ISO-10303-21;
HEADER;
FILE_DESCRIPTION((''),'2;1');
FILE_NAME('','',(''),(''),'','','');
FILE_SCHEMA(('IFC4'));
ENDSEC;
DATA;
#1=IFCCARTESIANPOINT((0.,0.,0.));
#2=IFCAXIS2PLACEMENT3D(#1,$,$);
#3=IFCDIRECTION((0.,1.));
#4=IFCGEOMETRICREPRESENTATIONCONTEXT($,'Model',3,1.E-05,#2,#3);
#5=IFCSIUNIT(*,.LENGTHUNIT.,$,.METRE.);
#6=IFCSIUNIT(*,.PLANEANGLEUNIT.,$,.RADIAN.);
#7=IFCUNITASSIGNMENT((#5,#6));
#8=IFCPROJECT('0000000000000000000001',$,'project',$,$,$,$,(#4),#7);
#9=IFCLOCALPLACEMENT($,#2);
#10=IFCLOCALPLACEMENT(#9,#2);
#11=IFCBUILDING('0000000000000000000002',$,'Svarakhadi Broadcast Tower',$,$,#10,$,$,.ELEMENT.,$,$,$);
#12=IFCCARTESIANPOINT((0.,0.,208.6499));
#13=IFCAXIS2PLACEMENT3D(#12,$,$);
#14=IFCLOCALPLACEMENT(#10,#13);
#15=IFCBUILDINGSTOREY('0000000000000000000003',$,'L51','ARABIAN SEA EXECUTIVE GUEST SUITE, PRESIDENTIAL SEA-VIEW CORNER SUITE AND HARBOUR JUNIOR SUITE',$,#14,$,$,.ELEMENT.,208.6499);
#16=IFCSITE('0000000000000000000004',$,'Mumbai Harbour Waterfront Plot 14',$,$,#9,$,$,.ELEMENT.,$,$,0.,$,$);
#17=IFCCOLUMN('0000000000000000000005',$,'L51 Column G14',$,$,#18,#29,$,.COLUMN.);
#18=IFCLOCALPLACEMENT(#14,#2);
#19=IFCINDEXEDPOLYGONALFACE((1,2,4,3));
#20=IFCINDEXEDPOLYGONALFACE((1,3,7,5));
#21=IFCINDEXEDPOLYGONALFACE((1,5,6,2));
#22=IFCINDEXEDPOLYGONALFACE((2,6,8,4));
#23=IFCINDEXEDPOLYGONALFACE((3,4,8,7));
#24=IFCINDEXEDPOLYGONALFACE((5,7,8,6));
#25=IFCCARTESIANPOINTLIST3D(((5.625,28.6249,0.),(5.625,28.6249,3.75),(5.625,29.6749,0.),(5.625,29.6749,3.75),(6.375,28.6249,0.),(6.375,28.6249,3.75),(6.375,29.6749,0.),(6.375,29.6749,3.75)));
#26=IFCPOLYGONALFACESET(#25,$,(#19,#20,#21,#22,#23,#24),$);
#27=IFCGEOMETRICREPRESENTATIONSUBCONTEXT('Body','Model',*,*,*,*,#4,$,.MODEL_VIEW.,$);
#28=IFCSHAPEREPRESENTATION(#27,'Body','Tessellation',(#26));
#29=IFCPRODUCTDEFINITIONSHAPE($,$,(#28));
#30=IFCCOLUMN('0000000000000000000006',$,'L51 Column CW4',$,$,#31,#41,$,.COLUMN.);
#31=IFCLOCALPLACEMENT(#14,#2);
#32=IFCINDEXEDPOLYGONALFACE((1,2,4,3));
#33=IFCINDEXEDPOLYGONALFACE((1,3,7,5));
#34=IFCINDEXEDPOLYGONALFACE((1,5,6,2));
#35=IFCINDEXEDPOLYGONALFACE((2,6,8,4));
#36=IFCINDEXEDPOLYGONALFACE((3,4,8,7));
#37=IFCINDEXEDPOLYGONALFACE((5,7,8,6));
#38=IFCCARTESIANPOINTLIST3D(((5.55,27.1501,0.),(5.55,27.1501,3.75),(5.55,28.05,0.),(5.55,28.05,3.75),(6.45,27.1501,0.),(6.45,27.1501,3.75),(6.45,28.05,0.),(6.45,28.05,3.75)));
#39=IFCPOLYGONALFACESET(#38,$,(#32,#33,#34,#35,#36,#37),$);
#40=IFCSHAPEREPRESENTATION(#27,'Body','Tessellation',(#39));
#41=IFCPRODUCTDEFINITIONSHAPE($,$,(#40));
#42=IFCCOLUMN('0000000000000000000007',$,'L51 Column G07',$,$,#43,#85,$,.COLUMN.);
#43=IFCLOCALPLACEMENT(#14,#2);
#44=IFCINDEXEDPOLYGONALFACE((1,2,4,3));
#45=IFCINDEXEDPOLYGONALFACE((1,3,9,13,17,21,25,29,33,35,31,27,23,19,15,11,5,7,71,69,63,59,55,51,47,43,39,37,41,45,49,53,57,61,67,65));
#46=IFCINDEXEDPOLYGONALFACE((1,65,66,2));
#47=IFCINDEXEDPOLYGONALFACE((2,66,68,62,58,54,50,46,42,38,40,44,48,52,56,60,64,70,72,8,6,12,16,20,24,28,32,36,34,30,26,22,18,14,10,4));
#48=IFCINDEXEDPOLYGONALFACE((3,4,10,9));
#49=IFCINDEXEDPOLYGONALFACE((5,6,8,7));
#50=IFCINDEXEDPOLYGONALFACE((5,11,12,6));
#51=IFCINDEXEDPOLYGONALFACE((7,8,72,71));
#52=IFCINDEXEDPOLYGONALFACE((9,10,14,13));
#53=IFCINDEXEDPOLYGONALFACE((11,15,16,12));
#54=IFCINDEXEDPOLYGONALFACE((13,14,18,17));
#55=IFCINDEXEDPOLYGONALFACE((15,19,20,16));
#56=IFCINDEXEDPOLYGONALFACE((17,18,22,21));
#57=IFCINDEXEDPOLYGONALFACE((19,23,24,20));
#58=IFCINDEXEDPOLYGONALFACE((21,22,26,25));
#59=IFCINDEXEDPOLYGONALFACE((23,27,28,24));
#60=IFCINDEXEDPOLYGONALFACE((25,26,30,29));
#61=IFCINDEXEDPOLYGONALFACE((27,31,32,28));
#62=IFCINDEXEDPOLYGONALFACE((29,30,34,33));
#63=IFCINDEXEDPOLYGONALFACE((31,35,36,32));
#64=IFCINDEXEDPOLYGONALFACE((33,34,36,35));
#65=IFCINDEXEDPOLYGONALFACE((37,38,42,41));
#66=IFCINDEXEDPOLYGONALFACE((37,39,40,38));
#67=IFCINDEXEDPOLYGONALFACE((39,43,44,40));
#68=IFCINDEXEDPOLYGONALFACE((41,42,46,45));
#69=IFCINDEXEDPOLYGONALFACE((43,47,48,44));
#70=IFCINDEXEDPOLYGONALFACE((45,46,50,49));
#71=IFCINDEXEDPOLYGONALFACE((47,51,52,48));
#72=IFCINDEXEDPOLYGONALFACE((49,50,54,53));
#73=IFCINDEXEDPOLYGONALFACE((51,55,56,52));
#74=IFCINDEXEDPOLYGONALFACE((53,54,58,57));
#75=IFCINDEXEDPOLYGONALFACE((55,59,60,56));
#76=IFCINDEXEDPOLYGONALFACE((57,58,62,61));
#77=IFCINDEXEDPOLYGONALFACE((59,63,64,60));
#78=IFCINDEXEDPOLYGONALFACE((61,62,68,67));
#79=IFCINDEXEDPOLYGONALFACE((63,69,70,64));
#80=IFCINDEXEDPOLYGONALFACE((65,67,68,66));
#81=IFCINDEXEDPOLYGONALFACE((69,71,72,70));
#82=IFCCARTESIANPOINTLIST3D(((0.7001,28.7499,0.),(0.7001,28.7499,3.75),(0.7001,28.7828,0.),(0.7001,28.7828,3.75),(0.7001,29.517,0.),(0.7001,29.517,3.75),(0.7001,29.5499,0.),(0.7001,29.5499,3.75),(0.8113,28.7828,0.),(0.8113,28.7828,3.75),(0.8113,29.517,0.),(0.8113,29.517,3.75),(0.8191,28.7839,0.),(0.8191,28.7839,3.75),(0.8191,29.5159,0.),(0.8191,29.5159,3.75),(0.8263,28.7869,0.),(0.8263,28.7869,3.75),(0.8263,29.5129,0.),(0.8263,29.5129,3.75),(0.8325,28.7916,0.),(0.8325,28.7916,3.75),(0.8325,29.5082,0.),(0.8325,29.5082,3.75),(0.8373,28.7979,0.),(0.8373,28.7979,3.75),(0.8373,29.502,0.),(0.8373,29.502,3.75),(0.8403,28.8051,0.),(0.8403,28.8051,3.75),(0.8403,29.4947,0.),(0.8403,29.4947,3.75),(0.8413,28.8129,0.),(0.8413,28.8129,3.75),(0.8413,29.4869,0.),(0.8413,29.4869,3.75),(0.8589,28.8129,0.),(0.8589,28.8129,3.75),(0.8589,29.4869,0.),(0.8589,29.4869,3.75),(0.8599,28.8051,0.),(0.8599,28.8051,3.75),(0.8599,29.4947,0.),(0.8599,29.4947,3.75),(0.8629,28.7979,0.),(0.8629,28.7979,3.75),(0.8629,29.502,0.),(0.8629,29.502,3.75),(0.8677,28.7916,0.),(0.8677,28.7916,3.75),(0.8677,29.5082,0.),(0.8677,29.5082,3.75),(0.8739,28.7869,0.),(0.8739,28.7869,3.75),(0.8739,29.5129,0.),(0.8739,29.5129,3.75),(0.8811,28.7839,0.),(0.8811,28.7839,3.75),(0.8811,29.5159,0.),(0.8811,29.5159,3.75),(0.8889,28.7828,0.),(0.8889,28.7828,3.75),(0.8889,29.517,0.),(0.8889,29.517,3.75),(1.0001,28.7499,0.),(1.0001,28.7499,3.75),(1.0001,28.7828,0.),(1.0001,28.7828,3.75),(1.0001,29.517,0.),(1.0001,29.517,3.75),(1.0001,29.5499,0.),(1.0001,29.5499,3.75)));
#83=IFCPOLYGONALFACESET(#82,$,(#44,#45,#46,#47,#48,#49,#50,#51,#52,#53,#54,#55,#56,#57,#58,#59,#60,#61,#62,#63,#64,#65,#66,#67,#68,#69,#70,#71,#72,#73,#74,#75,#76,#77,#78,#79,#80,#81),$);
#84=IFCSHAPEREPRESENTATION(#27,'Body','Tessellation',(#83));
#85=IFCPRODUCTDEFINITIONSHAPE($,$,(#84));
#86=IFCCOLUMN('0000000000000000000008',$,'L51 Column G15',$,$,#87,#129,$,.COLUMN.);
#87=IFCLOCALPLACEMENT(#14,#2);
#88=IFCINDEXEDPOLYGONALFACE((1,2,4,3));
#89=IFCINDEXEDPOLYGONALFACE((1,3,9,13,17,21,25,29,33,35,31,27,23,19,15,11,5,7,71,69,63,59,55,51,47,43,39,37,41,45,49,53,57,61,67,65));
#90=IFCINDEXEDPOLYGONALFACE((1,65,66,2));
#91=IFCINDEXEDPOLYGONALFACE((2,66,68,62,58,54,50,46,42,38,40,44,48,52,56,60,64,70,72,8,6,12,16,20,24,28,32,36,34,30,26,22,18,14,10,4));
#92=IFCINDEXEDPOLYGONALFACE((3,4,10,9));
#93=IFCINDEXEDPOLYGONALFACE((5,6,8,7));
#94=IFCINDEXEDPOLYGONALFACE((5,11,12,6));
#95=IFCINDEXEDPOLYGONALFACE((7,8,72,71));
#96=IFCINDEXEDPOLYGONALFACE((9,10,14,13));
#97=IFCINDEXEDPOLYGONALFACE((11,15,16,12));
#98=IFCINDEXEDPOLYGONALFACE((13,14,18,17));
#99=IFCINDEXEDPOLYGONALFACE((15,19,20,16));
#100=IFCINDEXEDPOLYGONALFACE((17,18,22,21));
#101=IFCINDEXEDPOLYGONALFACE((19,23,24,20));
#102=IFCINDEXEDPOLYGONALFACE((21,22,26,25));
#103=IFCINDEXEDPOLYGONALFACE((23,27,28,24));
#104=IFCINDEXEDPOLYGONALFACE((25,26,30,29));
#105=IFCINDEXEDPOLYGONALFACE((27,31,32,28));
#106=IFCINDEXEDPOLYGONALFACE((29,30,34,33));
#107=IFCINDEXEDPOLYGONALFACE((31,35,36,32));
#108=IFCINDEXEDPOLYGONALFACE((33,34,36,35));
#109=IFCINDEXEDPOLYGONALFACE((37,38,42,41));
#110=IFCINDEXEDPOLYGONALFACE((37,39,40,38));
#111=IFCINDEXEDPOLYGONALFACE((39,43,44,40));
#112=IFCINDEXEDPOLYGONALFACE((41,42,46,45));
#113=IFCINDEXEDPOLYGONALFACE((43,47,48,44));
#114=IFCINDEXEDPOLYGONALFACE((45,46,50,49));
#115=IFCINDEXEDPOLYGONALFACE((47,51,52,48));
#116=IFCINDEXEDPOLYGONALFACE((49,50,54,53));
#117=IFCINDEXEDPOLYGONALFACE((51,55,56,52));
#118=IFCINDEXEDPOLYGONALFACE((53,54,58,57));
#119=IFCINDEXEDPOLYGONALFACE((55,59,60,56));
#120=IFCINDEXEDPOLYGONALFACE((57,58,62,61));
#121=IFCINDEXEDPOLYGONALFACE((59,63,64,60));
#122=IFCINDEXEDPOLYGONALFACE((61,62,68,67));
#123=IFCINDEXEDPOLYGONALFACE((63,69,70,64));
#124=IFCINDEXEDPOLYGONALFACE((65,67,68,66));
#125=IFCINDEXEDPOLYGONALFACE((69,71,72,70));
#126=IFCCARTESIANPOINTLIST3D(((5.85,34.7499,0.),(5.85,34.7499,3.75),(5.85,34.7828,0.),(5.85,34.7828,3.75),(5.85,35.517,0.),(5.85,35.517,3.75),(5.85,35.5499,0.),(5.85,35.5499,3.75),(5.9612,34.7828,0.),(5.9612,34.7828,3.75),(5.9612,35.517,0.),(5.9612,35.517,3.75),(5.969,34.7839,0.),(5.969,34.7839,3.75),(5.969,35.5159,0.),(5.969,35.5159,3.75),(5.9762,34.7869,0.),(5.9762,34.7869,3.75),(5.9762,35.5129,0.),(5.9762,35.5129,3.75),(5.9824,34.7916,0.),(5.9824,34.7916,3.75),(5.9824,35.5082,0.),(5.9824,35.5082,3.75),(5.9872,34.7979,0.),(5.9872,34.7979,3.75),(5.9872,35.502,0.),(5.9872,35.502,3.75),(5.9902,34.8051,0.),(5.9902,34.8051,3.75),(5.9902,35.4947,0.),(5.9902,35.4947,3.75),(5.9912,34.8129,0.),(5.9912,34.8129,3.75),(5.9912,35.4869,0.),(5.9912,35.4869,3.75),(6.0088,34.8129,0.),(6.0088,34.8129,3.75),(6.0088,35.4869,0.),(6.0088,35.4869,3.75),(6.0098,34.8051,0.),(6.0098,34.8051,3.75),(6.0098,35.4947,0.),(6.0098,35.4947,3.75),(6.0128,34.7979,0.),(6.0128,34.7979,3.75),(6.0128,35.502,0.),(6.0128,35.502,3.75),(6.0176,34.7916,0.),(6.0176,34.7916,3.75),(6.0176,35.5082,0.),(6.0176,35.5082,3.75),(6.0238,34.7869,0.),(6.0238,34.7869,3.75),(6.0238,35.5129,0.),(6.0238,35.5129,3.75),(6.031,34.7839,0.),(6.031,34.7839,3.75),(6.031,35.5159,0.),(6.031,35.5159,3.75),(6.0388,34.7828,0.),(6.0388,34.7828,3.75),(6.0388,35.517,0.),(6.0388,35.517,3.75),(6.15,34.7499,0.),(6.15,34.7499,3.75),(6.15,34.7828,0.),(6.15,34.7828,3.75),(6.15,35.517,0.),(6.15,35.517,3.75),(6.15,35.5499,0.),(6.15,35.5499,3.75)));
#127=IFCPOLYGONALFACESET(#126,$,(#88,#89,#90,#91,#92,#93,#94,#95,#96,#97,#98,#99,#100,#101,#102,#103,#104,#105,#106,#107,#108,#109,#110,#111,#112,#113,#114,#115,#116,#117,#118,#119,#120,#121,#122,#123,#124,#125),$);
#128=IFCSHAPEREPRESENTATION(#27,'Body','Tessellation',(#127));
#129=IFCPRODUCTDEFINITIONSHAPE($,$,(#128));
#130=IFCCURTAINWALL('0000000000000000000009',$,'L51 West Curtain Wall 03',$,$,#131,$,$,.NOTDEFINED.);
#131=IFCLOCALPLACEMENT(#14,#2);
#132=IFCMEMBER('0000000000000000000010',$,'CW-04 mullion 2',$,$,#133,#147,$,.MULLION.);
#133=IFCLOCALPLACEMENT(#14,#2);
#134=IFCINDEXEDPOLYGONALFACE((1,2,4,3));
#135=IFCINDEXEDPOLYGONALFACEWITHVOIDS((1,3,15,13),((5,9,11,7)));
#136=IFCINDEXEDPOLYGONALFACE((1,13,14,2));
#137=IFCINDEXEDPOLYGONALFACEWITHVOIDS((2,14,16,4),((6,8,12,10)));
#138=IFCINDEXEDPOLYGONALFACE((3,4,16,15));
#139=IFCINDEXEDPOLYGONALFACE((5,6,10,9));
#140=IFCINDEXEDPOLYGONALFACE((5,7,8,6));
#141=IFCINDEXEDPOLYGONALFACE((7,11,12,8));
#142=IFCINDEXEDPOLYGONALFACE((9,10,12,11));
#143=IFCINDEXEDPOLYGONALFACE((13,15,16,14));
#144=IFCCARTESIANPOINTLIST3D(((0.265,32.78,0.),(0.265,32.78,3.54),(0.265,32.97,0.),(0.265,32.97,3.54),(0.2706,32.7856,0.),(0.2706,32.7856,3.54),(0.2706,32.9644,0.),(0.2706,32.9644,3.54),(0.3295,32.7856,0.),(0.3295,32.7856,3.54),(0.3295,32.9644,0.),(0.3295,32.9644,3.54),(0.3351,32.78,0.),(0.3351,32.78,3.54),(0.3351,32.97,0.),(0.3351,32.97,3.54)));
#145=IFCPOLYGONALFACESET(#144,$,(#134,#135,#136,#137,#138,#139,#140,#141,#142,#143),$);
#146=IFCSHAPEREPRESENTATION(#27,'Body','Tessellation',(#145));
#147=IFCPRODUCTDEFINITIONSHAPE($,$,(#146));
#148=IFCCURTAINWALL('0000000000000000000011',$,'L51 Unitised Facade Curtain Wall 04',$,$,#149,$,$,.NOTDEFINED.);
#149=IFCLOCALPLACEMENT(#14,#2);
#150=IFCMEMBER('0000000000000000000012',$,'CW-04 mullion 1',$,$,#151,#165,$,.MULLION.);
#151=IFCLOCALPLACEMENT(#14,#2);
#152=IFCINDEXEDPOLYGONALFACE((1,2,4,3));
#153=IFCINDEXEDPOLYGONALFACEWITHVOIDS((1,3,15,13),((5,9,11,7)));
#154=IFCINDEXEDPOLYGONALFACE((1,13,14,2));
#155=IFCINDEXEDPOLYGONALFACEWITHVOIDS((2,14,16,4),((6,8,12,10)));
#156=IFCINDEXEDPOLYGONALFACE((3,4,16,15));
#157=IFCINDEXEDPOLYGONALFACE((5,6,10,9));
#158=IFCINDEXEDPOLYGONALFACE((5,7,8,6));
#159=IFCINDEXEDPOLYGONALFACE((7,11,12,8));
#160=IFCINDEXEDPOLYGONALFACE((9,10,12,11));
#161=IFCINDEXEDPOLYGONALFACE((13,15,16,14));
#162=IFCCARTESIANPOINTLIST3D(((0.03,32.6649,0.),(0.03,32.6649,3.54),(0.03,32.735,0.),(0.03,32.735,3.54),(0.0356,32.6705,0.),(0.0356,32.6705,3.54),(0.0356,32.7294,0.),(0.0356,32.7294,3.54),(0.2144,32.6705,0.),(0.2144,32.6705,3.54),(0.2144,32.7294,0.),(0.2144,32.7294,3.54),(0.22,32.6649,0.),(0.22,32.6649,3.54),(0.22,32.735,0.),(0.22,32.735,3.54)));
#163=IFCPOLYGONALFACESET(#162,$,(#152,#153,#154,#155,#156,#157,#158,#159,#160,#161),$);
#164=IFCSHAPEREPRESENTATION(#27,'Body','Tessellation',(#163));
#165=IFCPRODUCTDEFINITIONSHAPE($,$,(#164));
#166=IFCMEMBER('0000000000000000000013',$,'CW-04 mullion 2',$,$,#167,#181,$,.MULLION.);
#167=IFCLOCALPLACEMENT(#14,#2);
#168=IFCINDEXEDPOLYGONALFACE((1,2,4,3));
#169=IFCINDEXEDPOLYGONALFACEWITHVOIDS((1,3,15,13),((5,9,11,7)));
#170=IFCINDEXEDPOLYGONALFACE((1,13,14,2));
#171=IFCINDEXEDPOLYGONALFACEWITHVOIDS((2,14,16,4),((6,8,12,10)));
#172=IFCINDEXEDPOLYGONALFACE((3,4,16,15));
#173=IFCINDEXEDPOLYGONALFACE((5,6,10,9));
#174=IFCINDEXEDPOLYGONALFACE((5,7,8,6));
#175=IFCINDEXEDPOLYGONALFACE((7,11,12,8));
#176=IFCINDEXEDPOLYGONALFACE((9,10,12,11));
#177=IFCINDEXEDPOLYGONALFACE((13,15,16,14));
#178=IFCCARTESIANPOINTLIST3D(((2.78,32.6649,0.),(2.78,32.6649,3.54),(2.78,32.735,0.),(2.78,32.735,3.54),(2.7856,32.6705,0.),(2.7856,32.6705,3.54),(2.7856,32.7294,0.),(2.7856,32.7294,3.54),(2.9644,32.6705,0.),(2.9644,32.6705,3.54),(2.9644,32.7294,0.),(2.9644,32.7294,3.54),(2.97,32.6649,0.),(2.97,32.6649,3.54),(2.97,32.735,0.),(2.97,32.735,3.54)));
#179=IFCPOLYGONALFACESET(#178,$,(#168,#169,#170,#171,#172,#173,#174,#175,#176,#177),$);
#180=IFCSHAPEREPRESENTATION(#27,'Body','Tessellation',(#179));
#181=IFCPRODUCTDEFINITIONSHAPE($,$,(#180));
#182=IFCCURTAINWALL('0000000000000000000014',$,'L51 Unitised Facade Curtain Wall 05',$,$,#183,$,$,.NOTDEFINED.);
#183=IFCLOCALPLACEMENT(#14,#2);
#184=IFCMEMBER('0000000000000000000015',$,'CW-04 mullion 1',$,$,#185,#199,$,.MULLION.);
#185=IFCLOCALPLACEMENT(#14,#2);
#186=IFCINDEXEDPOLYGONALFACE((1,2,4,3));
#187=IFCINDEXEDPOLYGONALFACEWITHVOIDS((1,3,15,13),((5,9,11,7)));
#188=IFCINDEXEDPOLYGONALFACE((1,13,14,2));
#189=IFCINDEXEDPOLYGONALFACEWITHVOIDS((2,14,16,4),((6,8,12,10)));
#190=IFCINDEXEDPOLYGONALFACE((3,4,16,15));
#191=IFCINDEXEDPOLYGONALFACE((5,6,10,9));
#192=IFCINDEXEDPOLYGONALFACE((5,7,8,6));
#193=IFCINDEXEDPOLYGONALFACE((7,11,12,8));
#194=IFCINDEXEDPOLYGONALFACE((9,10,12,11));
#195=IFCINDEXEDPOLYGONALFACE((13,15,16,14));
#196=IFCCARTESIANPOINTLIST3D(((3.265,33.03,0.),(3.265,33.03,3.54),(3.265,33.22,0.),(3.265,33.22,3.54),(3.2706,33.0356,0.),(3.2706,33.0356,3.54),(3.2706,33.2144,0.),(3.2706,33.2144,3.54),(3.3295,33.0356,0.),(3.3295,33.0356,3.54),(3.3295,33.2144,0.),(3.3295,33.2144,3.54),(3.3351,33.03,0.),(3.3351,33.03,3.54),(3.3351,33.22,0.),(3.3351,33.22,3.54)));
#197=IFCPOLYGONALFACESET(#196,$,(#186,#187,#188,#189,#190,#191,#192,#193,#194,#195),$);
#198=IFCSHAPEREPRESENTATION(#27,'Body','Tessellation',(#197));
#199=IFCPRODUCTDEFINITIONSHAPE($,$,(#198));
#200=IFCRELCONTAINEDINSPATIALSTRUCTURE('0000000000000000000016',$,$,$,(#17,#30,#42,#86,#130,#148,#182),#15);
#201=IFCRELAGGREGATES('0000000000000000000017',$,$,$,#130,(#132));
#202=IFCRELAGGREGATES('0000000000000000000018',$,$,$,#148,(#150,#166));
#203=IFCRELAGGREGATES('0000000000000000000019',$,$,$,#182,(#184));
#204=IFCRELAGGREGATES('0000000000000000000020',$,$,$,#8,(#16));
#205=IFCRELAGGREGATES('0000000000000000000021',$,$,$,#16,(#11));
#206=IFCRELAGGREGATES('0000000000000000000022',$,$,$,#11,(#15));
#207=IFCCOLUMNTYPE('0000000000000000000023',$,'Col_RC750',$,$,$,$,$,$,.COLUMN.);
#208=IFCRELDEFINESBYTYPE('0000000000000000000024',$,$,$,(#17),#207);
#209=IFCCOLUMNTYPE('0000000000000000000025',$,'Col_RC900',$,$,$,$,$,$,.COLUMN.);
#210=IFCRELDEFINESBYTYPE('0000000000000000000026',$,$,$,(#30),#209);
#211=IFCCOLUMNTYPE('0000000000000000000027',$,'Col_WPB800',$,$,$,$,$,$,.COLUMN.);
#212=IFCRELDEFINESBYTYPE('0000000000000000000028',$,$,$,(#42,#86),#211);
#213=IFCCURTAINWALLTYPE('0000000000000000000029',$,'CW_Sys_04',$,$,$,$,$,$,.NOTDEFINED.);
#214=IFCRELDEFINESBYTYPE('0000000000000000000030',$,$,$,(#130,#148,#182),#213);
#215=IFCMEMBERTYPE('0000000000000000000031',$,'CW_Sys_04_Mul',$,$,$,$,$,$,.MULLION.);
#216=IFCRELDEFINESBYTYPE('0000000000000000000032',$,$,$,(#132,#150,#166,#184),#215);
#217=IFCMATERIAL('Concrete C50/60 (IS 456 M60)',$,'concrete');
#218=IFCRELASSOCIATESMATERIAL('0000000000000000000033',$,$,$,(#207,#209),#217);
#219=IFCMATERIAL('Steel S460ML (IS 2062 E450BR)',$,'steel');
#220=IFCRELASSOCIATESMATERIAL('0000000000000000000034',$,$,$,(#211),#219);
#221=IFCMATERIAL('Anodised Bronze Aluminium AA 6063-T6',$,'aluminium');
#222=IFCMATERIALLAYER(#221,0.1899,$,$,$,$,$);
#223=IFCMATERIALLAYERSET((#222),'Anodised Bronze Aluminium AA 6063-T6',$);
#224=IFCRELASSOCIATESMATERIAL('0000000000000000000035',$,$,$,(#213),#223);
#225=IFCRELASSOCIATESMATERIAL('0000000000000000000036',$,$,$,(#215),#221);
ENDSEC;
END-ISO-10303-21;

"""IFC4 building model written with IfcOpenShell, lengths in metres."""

from ifc_helpers import new_model, si_unit, direction, frame, origin, origin_2d, place, context, subcontext, project, spatial, rectangle, hollow_rectangle, i_section, extrude, material, layer, layer_set, material_profile, profile_set, type_object, element, aggregate, save


model = new_model("IFC4")

# Units and contexts
model_context = context("Model", 3, precision=1e-05, world=origin(), true_north=direction((0.0, 1.0)))
body_context = subcontext(model_context, "Body", "Model", "MODEL_VIEW")
ifc_project = project(units=[si_unit("LENGTHUNIT", "METRE"), si_unit("PLANEANGLEUNIT", "RADIAN")], contexts=[model_context])

# Site, building, storey
site_placement = place(None, origin())
site = spatial("IfcSite", under=ifc_project, at=site_placement, Name="Mumbai Harbour Waterfront Plot 14", CompositionType="ELEMENT", RefElevation=0.0)
building_placement = place(site_placement, origin())
building = spatial("IfcBuilding", under=site, at=building_placement, Name="Svarakhadi Broadcast Tower", CompositionType="ELEMENT")
storey_placement = place(building_placement, frame((0.0, 0.0, 208.6499)))
storey = spatial("IfcBuildingStorey", under=building, at=storey_placement, Name="L51", Description="ARABIAN SEA EXECUTIVE GUEST SUITE, PRESIDENTIAL SEA-VIEW CORNER SUITE AND HARBOUR JUNIOR SUITE", CompositionType="ELEMENT", Elevation=208.6499)

# Columns
ifc_material_1 = material(Name="Concrete C50/60 (IS 456 M60)", Category="concrete")
ifc_material_profile_1 = material_profile(ifc_material_1, rectangle(XDim=0.75, YDim=1.05, at=origin_2d()), Name="RC 750x1050")
ifc_profile_set_1 = profile_set([ifc_material_profile_1], Name="Concrete C50/60 (IS 456 M60)")
column_type_1 = type_object("IfcColumnType", Name="Col_RC750", PredefinedType="COLUMN", material=ifc_profile_set_1)
column_1_placement = place(storey_placement, frame((6.0, 29.1499, 0.0), z_axis=(0.0, 0.0, 1.0), x_axis=(1.0, 0.0, 0.0)))
element("IfcColumn", 1, at=column_1_placement, inside=storey, type_object=column_type_1, Name="L51 Column G14", PredefinedType="COLUMN", context=body_context, shape_type="SweptSolid", body=[
    extrude(rectangle(XDim=0.75, YDim=1.05, at=origin_2d()), origin(), (0.0, 0.0, 1.0), 3.75),
])
ifc_material_profile_2 = material_profile(ifc_material_1, rectangle(XDim=0.8999, YDim=0.8999, at=origin_2d()), Name="RC 900x900")
ifc_profile_set_2 = profile_set([ifc_material_profile_2], Name="Concrete C50/60 (IS 456 M60)")
column_type_2 = type_object("IfcColumnType", Name="Col_RC900", PredefinedType="COLUMN", material=ifc_profile_set_2)
column_2_placement = place(storey_placement, frame((6.0, 27.6001, 0.0), z_axis=(0.0, 0.0, 1.0), x_axis=(1.0, 0.0, 0.0)))
element("IfcColumn", 2, at=column_2_placement, inside=storey, type_object=column_type_2, Name="L51 Column CW4", PredefinedType="COLUMN", context=body_context, shape_type="SweptSolid", body=[
    extrude(rectangle(XDim=0.8999, YDim=0.8999, at=origin_2d()), origin(), (0.0, 0.0, 1.0), 3.75),
])
ifc_material_2 = material(Name="Steel S460ML (IS 2062 E450BR)", Category="steel")
ifc_material_profile_3 = material_profile(ifc_material_2, i_section(OverallWidth=0.3, OverallDepth=0.8, WebThickness=0.0176, FlangeThickness=0.033, FilletRadius=0.03, at=origin_2d()), Name="WPB 800x300x262")
ifc_profile_set_3 = profile_set([ifc_material_profile_3], Name="Steel S460ML (IS 2062 E450BR)")
column_type_3 = type_object("IfcColumnType", Name="Col_WPB800", PredefinedType="COLUMN", material=ifc_profile_set_3)
for number, where, z_axis, x_axis, name in (
    (3, (0.8501, 29.1499, 0.0), (0.0, 0.0, 1.0), (1.0, 0.0, 0.0), "L51 Column G07"),
    (4, (6.0, 35.1499, 0.0), (0.0, 0.0, 1.0), (1.0, 0.0, 0.0), "L51 Column G15"),
):
    element("IfcColumn", number, at=place(storey_placement, frame(where, z_axis=z_axis, x_axis=x_axis)), inside=storey, type_object=column_type_3, Name=name, PredefinedType="COLUMN", context=body_context, shape_type="SweptSolid", body=[
        extrude(i_section(OverallWidth=0.3, OverallDepth=0.8, WebThickness=0.0176, FlangeThickness=0.033, FilletRadius=0.03, at=origin_2d()), origin(), (0.0, 0.0, 1.0), 3.75),
    ])

# Curtain wall, member
ifc_material_3 = material(Name="Anodised Bronze Aluminium AA 6063-T6", Category="aluminium")
ifc_layer_1 = layer(ifc_material_3, 0.1899)
ifc_layer_set_1 = layer_set([ifc_layer_1], Name="Anodised Bronze Aluminium AA 6063-T6")
curtain_wall_type = type_object("IfcCurtainWallType", Name="CW_Sys_04", PredefinedType="NOTDEFINED", material=ifc_layer_set_1)
curtain_wall_1_placement = place(storey_placement, origin())
curtain_wall_1 = element("IfcCurtainWall", 5, at=curtain_wall_1_placement, inside=storey, type_object=curtain_wall_type, Name="L51 West Curtain Wall 03", PredefinedType="NOTDEFINED")
ifc_material_profile_4 = material_profile(ifc_material_3, hollow_rectangle(XDim=0.0701, YDim=0.1899, WallThickness=0.0056, at=origin_2d()), Name="ALU MULLION 190x70x6")
ifc_profile_set_4 = profile_set([ifc_material_profile_4], Name="Anodised Bronze Aluminium AA 6063-T6")
member_type_1 = type_object("IfcMemberType", Name="CW_Sys_04_Mul", PredefinedType="MULLION", material=ifc_profile_set_4)
member_1_placement = place(storey_placement, frame((0.3, 32.875, 0.0), z_axis=(0.0, 0.0, 1.0), x_axis=(-1.0, 0.0, 0.0)))
member_1 = element("IfcMember", 6, at=member_1_placement, type_object=member_type_1, Name="CW-04 mullion 2", PredefinedType="MULLION", context=body_context, shape_type="SweptSolid", body=[
    extrude(hollow_rectangle(XDim=0.0701, YDim=0.1899, WallThickness=0.0056, at=origin_2d()), origin(), (0.0, 0.0, 1.0), 3.54),
])
aggregate(curtain_wall_1, [member_1])

# Curtain walls, members
curtain_wall_2_placement = place(storey_placement, origin())
curtain_wall_2 = element("IfcCurtainWall", 7, at=curtain_wall_2_placement, inside=storey, type_object=curtain_wall_type, Name="L51 Unitised Facade Curtain Wall 04", PredefinedType="NOTDEFINED")
member_2_placement = place(storey_placement, frame((0.125, 32.7, 0.0), z_axis=(0.0, 0.0, 1.0), x_axis=(0.0, 1.0, 0.0)))
member_2 = element("IfcMember", 8, at=member_2_placement, type_object=member_type_1, Name="CW-04 mullion 1", PredefinedType="MULLION", context=body_context, shape_type="SweptSolid", body=[
    extrude(hollow_rectangle(XDim=0.0701, YDim=0.1899, WallThickness=0.0056, at=origin_2d()), origin(), (0.0, 0.0, 1.0), 3.54),
])
member_3_placement = place(storey_placement, frame((2.875, 32.7, 0.0), z_axis=(0.0, 0.0, 1.0), x_axis=(0.0, 1.0, 0.0)))
member_3 = element("IfcMember", 9, at=member_3_placement, type_object=member_type_1, Name="CW-04 mullion 2", PredefinedType="MULLION", context=body_context, shape_type="SweptSolid", body=[
    extrude(hollow_rectangle(XDim=0.0701, YDim=0.1899, WallThickness=0.0056, at=origin_2d()), origin(), (0.0, 0.0, 1.0), 3.54),
])
curtain_wall_3_placement = place(storey_placement, origin())
curtain_wall_3 = element("IfcCurtainWall", 10, at=curtain_wall_3_placement, inside=storey, type_object=curtain_wall_type, Name="L51 Unitised Facade Curtain Wall 05", PredefinedType="NOTDEFINED")
member_4_placement = place(storey_placement, frame((3.3, 33.125, 0.0), z_axis=(0.0, 0.0, 1.0), x_axis=(-1.0, 0.0, 0.0)))
member_4 = element("IfcMember", 11, at=member_4_placement, type_object=member_type_1, Name="CW-04 mullion 1", PredefinedType="MULLION", context=body_context, shape_type="SweptSolid", body=[
    extrude(hollow_rectangle(XDim=0.0701, YDim=0.1899, WallThickness=0.0056, at=origin_2d()), origin(), (0.0, 0.0, 1.0), 3.54),
])

aggregate(curtain_wall_2, [member_2, member_3])
aggregate(curtain_wall_3, [member_4])

save(model, "model.ifc")
